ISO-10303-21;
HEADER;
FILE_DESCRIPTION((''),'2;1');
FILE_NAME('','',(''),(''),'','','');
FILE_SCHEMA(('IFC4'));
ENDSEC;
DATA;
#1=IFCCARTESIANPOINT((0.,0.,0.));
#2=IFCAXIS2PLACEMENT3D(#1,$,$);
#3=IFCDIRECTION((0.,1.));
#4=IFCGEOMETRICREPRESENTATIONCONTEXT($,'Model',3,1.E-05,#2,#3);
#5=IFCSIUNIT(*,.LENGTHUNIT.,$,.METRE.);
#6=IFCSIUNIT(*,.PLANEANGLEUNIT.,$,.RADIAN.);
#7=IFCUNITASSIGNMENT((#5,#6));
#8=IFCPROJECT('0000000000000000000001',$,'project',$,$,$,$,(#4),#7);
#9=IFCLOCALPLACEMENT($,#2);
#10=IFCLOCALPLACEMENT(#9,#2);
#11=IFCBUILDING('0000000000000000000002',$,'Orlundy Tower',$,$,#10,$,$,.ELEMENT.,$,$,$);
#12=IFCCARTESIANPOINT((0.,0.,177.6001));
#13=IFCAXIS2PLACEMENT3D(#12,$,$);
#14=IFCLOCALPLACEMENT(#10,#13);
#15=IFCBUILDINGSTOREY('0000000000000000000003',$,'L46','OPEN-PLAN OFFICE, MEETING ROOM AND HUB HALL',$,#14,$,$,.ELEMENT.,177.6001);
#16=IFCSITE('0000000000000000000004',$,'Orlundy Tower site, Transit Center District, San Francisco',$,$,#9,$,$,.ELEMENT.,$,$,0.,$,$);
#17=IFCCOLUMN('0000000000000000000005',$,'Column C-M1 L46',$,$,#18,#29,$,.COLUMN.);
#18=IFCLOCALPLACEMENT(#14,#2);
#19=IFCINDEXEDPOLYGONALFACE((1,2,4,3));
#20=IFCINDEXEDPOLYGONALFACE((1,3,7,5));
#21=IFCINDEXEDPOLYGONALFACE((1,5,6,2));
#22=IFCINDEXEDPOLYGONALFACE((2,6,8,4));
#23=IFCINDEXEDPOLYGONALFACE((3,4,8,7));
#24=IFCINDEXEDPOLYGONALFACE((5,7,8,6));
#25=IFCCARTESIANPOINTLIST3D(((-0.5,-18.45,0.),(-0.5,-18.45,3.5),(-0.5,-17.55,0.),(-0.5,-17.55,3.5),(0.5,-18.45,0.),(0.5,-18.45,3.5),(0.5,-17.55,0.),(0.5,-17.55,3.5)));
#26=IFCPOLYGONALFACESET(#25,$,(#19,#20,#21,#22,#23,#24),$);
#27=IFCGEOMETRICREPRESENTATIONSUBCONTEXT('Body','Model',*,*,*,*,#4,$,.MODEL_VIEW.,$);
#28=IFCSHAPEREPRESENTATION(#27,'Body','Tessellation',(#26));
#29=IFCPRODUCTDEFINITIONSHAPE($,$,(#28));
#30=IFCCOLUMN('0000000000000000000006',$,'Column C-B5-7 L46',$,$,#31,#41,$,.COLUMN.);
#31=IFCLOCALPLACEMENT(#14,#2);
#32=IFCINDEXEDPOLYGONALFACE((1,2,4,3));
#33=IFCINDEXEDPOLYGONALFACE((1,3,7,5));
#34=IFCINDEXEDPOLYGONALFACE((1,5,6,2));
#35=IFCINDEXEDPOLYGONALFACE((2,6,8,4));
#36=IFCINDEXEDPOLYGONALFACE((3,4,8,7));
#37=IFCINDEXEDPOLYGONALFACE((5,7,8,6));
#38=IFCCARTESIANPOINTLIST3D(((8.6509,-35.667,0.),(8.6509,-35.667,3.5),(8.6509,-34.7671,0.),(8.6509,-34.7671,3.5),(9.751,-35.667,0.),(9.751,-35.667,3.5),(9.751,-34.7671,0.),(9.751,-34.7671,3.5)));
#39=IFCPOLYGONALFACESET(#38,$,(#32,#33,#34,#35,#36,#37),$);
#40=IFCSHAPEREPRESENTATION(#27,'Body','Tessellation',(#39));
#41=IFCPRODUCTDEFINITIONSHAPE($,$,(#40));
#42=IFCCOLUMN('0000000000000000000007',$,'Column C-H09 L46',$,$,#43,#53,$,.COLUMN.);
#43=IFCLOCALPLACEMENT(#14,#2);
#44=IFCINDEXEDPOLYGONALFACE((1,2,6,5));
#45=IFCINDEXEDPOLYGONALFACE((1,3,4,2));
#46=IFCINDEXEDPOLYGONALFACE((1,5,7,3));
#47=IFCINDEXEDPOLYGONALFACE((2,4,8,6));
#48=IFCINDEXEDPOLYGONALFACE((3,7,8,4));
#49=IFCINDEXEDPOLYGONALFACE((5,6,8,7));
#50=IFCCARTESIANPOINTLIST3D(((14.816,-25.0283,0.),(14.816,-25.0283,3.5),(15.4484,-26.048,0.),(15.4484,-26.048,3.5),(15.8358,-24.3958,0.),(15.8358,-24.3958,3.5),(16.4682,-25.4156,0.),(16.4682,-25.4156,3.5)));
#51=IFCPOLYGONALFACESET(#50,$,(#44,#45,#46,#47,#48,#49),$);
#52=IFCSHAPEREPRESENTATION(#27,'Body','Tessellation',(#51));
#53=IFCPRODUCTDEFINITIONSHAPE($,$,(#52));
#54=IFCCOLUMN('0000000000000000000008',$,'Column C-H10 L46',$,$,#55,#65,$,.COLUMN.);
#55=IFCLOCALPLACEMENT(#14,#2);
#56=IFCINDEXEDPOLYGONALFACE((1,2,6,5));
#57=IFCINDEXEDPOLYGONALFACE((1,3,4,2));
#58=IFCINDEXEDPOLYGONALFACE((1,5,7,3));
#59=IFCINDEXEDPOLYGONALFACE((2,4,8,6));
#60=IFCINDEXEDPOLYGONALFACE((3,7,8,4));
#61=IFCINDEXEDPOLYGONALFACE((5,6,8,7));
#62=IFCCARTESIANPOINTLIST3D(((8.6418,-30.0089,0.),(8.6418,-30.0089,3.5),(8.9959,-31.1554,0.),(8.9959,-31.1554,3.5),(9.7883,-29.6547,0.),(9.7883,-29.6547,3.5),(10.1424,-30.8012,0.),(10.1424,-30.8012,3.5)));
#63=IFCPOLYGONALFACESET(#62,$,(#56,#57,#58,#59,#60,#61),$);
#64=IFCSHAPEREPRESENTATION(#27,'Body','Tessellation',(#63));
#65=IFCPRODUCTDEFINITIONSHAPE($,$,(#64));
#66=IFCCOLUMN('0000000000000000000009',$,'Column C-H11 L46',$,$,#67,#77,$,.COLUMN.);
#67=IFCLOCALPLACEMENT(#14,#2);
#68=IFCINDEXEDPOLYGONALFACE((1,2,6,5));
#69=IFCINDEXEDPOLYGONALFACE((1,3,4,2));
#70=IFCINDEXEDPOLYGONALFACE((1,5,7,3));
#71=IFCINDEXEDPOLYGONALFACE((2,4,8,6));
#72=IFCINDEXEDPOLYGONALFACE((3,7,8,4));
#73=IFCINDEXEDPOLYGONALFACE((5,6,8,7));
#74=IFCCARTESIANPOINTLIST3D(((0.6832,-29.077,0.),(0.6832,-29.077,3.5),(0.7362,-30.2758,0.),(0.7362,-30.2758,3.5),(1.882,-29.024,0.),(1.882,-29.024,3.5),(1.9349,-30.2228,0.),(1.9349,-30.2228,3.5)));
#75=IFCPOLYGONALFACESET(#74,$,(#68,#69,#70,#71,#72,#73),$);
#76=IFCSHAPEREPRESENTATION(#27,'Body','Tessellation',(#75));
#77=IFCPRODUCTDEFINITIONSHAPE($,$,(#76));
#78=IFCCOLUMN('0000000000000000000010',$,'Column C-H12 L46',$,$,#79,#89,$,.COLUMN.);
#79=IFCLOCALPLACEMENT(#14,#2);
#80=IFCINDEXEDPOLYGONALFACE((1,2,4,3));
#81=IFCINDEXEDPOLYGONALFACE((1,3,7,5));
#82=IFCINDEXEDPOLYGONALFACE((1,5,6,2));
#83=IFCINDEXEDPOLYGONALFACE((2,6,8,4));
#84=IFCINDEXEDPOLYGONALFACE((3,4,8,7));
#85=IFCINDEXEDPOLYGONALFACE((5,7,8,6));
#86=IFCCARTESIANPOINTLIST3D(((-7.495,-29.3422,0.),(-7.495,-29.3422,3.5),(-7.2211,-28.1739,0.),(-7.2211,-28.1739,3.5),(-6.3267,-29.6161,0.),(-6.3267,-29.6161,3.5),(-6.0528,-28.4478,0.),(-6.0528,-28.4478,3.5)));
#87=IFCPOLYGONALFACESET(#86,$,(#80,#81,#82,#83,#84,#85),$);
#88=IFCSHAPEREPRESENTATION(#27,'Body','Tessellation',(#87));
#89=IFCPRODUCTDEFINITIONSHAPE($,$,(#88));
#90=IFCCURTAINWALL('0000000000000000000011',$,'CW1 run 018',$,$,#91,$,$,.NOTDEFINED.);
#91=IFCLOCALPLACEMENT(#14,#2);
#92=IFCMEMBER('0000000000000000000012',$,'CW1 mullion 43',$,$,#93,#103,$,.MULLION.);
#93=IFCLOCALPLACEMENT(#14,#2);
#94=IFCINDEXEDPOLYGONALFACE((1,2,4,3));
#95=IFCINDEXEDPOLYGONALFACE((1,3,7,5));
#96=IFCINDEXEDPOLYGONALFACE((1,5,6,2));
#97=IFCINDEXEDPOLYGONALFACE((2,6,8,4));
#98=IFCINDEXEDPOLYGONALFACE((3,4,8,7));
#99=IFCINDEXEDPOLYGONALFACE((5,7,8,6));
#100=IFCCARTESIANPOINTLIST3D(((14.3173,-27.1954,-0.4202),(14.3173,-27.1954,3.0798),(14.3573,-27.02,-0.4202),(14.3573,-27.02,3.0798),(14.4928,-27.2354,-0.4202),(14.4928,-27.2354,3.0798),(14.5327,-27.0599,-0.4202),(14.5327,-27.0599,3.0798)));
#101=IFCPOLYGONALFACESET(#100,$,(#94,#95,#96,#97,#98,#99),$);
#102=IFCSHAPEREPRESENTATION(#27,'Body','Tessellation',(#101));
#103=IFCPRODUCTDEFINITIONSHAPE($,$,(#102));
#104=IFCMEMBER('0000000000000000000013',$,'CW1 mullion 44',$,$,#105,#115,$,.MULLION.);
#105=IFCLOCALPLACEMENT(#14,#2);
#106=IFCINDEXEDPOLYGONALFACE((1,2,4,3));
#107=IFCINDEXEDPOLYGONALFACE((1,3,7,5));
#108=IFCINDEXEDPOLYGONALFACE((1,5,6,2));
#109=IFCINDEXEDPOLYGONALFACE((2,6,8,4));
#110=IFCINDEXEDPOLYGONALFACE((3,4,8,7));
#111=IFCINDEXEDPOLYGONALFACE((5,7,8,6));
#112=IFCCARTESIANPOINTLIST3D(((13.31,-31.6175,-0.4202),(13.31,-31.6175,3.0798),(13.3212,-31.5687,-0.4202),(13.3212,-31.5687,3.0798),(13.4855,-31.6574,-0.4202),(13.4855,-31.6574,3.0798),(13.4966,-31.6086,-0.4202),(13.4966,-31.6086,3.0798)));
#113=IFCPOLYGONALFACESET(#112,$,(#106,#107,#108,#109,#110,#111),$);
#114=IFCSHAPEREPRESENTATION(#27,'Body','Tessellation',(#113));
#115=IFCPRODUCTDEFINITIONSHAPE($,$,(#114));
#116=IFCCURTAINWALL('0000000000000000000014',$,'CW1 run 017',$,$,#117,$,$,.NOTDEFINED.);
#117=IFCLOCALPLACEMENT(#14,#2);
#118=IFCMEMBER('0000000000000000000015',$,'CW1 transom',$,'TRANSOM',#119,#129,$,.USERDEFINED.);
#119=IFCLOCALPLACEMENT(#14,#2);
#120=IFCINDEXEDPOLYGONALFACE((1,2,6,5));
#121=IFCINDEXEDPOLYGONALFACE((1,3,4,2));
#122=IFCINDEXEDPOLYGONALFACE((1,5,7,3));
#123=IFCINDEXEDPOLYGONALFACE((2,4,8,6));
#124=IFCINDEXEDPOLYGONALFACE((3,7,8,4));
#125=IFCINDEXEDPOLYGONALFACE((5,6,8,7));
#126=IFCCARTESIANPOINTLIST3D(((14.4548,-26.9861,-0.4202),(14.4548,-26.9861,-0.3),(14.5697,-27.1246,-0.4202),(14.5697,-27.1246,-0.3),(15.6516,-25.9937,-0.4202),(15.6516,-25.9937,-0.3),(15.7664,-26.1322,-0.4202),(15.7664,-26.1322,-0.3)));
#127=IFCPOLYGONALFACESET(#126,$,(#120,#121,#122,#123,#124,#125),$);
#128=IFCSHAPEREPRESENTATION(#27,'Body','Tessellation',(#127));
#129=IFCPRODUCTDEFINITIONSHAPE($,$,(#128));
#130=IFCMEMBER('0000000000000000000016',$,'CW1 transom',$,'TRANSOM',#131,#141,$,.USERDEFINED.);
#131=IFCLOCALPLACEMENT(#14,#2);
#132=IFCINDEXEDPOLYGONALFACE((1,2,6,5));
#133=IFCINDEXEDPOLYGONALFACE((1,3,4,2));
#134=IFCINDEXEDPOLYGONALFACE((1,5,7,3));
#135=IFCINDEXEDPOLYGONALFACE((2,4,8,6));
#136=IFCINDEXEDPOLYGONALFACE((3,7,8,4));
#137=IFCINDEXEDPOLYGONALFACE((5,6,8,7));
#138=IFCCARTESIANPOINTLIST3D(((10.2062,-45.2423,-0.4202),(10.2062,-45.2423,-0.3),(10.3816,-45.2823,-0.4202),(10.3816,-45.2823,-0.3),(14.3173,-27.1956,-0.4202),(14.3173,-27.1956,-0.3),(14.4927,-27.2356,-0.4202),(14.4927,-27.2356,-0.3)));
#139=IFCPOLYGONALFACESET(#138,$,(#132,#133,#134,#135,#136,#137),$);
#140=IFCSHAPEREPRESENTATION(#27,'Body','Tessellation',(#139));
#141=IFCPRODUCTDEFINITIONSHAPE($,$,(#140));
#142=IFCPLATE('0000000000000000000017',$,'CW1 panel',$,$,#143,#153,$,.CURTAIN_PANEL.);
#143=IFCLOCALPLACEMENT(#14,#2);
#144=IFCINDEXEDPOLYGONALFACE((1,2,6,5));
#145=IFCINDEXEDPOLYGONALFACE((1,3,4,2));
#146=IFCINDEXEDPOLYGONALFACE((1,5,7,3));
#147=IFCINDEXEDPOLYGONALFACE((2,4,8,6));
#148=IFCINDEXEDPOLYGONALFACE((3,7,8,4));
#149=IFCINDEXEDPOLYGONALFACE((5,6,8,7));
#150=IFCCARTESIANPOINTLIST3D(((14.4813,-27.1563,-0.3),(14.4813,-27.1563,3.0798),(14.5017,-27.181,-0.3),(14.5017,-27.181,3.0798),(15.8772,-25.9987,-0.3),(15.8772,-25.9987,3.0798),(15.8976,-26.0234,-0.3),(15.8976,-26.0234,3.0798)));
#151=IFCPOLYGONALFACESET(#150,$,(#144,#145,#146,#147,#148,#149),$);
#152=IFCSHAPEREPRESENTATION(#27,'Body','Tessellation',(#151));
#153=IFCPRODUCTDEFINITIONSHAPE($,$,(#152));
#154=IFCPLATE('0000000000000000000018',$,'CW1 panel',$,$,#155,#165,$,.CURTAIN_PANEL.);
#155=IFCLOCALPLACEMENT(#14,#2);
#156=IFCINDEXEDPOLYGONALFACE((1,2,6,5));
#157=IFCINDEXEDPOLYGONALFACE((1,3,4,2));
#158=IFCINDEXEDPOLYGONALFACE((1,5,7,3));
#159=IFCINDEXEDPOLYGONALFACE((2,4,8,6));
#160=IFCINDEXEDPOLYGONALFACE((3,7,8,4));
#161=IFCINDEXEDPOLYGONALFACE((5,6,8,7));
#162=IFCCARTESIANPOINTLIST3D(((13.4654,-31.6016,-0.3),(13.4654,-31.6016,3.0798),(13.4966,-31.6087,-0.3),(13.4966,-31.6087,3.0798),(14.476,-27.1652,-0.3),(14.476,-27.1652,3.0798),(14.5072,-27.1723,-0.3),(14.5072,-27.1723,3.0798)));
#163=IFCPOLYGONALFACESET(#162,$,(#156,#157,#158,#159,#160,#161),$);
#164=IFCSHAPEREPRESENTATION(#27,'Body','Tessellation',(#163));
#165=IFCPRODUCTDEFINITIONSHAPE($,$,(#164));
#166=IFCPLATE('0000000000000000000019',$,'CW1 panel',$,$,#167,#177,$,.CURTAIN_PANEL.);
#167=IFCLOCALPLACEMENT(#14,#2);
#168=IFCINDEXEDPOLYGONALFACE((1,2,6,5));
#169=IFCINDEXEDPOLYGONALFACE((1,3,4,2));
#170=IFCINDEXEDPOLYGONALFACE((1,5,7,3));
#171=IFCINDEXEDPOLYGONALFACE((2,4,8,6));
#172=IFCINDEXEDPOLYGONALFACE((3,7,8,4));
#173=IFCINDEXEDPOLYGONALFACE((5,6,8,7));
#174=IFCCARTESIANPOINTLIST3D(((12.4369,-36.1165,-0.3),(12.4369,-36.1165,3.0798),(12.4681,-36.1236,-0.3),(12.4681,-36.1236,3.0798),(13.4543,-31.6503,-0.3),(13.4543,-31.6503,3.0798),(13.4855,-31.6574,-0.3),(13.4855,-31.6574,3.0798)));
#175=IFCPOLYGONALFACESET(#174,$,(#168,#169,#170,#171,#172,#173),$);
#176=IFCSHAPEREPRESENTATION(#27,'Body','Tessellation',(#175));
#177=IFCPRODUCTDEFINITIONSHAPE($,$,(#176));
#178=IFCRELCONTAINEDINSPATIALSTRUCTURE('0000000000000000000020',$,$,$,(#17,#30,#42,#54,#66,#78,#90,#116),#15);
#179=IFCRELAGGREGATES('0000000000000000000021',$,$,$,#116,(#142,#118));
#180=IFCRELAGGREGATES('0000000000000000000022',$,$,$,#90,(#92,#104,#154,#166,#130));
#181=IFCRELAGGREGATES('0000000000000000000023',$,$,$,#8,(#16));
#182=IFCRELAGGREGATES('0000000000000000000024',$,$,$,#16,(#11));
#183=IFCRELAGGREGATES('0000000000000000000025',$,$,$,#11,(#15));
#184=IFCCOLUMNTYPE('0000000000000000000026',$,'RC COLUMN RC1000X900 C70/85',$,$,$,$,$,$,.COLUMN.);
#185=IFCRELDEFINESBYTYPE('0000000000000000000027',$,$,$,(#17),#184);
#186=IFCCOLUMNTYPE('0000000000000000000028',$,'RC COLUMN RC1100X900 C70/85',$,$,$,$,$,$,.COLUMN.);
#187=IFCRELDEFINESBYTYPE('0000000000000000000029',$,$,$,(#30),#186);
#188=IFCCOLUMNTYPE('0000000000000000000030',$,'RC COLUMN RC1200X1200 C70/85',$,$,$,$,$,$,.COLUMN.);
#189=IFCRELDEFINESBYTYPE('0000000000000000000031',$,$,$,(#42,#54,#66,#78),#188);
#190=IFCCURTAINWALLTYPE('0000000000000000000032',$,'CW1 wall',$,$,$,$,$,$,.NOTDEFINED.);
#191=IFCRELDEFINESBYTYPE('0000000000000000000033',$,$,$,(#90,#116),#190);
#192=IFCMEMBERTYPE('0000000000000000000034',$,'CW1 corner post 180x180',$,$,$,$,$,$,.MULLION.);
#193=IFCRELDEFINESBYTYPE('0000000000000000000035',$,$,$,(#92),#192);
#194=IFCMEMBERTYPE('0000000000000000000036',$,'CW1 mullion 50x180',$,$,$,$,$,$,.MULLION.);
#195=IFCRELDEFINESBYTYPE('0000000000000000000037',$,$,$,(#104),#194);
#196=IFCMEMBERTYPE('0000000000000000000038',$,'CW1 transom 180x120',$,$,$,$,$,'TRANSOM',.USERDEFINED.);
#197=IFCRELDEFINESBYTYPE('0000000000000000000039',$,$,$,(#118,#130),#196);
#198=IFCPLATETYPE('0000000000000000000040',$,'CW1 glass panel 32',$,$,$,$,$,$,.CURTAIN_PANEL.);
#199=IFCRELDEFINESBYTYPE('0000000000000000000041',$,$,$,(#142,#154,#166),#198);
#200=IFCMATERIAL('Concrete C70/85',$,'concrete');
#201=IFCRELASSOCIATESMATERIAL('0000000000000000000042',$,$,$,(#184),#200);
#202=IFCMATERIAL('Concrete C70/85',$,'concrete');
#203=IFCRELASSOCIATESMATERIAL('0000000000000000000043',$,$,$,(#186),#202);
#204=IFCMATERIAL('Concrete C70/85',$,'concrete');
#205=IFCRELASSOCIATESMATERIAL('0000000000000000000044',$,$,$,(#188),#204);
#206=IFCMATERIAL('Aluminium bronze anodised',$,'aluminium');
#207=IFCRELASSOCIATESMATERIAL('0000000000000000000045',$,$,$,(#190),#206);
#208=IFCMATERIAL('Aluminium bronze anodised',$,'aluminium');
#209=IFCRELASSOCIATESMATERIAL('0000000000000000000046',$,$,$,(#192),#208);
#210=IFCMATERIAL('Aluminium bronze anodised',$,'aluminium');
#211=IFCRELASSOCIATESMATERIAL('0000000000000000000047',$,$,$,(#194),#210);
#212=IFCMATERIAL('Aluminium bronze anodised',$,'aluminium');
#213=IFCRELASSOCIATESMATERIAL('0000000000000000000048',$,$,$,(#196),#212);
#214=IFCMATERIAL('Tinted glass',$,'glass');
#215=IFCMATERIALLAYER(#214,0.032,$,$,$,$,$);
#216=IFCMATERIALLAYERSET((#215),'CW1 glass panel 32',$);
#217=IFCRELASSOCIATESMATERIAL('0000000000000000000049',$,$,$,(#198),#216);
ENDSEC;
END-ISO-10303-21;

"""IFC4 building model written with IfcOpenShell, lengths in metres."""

from ifc_helpers import new_model, si_unit, direction, frame, origin, origin_2d, place, context, subcontext, project, spatial, rectangle, extrude, material, layer, layer_set, material_profile, profile_set, type_object, element, aggregate, save


model = new_model("IFC4")

# Units and contexts
model_context = context("Model", 3, precision=1e-05, world=origin(), true_north=direction((0.0, 1.0)))
body_context = subcontext(model_context, "Body", "Model", "MODEL_VIEW")
ifc_project = project(units=[si_unit("LENGTHUNIT", "METRE"), si_unit("PLANEANGLEUNIT", "RADIAN")], contexts=[model_context])

# Site, building, storey
site_placement = place(None, origin())
site = spatial("IfcSite", under=ifc_project, at=site_placement, Name="Orlundy Tower site, Transit Center District, San Francisco", CompositionType="ELEMENT", RefElevation=0.0)
building_placement = place(site_placement, origin())
building = spatial("IfcBuilding", under=site, at=building_placement, Name="Orlundy Tower", CompositionType="ELEMENT")
storey_placement = place(building_placement, frame((0.0, 0.0, 177.6001)))
storey = spatial("IfcBuildingStorey", under=building, at=storey_placement, Name="L46", Description="OPEN-PLAN OFFICE, MEETING ROOM AND HUB HALL", CompositionType="ELEMENT", Elevation=177.6001)

# Columns
ifc_material_1 = material(Name="Concrete C70/85", Category="concrete")
ifc_material_profile_1 = material_profile(ifc_material_1, rectangle(XDim=1.0, YDim=0.8999, at=origin_2d()), Name="RC1000X900")
ifc_profile_set_1 = profile_set([ifc_material_profile_1], Name="Concrete C70/85")
column_type_1 = type_object("IfcColumnType", Name="RC COLUMN RC1000X900 C70/85", PredefinedType="COLUMN", material=ifc_profile_set_1)
column_1_placement = place(storey_placement, frame((0.0, -18.0, 0.0), z_axis=(0.0, 0.0, 1.0), x_axis=(1.0, 0.0, 0.0)))
element("IfcColumn", 1, at=column_1_placement, inside=storey, type_object=column_type_1, Name="Column C-M1 L46", PredefinedType="COLUMN", context=body_context, shape_type="SweptSolid", body=[
    extrude(rectangle(XDim=1.0, YDim=0.8999, at=origin_2d()), origin(), (0.0, 0.0, 1.0), 3.5),
])
ifc_material_2 = material(Name="Concrete C70/85", Category="concrete")
ifc_material_profile_2 = material_profile(ifc_material_2, rectangle(XDim=1.1001, YDim=0.8999, at=origin_2d()), Name="RC1100X900")
ifc_profile_set_2 = profile_set([ifc_material_profile_2], Name="Concrete C70/85")
column_type_2 = type_object("IfcColumnType", Name="RC COLUMN RC1100X900 C70/85", PredefinedType="COLUMN", material=ifc_profile_set_2)
column_2_placement = place(storey_placement, frame((9.2009, -35.217, 0.0), z_axis=(0.0, 0.0, 1.0), x_axis=(1.0, 0.0, 0.0)))
element("IfcColumn", 2, at=column_2_placement, inside=storey, type_object=column_type_2, Name="Column C-B5-7 L46", PredefinedType="COLUMN", context=body_context, shape_type="SweptSolid", body=[
    extrude(rectangle(XDim=1.1001, YDim=0.8999, at=origin_2d()), origin(), (0.0, 0.0, 1.0), 3.5),
])
ifc_material_3 = material(Name="Concrete C70/85", Category="concrete")
ifc_material_profile_3 = material_profile(ifc_material_3, rectangle(XDim=1.2, YDim=1.2, at=origin_2d()), Name="RC1200X1200")
ifc_profile_set_3 = profile_set([ifc_material_profile_3], Name="Concrete C70/85")
column_type_3 = type_object("IfcColumnType", Name="RC COLUMN RC1200X1200 C70/85", PredefinedType="COLUMN", material=ifc_profile_set_3)
for number, where, z_axis, x_axis, name in (
    (3, (15.6421, -25.2219, 0.0), (0.0, 0.0, 1.0), (0.527045, -0.849838, 0.0), "Column C-H09 L46"),
    (4, (9.3921, -30.405, 0.0), (0.0, 0.0, 1.0), (0.295141, -0.955454, 0.0), "Column C-H10 L46"),
    (5, (1.3091, -29.6499, 0.0), (0.0, 0.0, 1.0), (0.044108, -0.999027, 0.0), "Column C-H11 L46"),
    (6, (-6.7739, -28.895, 0.0), (0.0, 0.0, 1.0), (-0.228249, -0.973603, 0.0), "Column C-H12 L46"),
):
    element("IfcColumn", number, at=place(storey_placement, frame(where, z_axis=z_axis, x_axis=x_axis)), inside=storey, type_object=column_type_3, Name=name, PredefinedType="COLUMN", context=body_context, shape_type="SweptSolid", body=[
        extrude(rectangle(XDim=1.2, YDim=1.2, at=origin_2d()), origin(), (0.0, 0.0, 1.0), 3.5),
    ])

# Curtain wall, members
ifc_material_4 = material(Name="Aluminium bronze anodised", Category="aluminium")
curtain_wall_type = type_object("IfcCurtainWallType", Name="CW1 wall", PredefinedType="NOTDEFINED", material=ifc_material_4)
curtain_wall_1_placement = place(storey_placement, origin())
curtain_wall_1 = element("IfcCurtainWall", 7, at=curtain_wall_1_placement, inside=storey, type_object=curtain_wall_type, Name="CW1 run 018", PredefinedType="NOTDEFINED")
ifc_material_5 = material(Name="Aluminium bronze anodised", Category="aluminium")
ifc_material_profile_4 = material_profile(ifc_material_5, rectangle(XDim=0.1799, YDim=0.1799, at=origin_2d()), Name="CW1 corner post 180x180")
ifc_profile_set_4 = profile_set([ifc_material_profile_4], Name="Aluminium bronze anodised")
member_type_1 = type_object("IfcMemberType", Name="CW1 corner post 180x180", PredefinedType="MULLION", material=ifc_profile_set_4)
member_1_placement = place(storey_placement, frame((14.425, -27.1277, -0.4202), z_axis=(0.0, 0.0, 1.0), x_axis=(0.975022, -0.222106, 0.0)))
member_1 = element("IfcMember", 8, at=member_1_placement, type_object=member_type_1, Name="CW1 mullion 43", PredefinedType="MULLION", context=body_context, shape_type="SweptSolid", body=[
    extrude(rectangle(XDim=0.1799, YDim=0.1799, at=origin_2d()), origin(), (0.0, 0.0, 1.0), 3.5),
])
ifc_material_6 = material(Name="Aluminium bronze anodised", Category="aluminium")
ifc_material_profile_5 = material_profile(ifc_material_6, rectangle(XDim=0.1799, YDim=0.05, at=origin_2d()), Name="CW1 mullion 50x180")
ifc_profile_set_5 = profile_set([ifc_material_profile_5], Name="Aluminium bronze anodised")
member_type_2 = type_object("IfcMemberType", Name="CW1 mullion 50x180", PredefinedType="MULLION", material=ifc_profile_set_5)
member_2_placement = place(storey_placement, frame((13.4033, -31.613, -0.4202), z_axis=(0.0, 0.0, 1.0), x_axis=(0.975022, -0.222106, 0.0)))
member_2 = element("IfcMember", 9, at=member_2_placement, type_object=member_type_2, Name="CW1 mullion 44", PredefinedType="MULLION", context=body_context, shape_type="SweptSolid", body=[
    extrude(rectangle(XDim=0.1799, YDim=0.05, at=origin_2d()), origin(), (0.0, 0.0, 1.0), 3.5),
])

# Curtain wall, member
curtain_wall_2_placement = place(storey_placement, origin())
curtain_wall_2 = element("IfcCurtainWall", 10, at=curtain_wall_2_placement, inside=storey, type_object=curtain_wall_type, Name="CW1 run 017", PredefinedType="NOTDEFINED")
ifc_material_7 = material(Name="Aluminium bronze anodised", Category="aluminium")
ifc_material_profile_6 = material_profile(ifc_material_7, rectangle(XDim=0.1799, YDim=0.1201, at=origin_2d()), Name="CW1 transom 180x120")
ifc_profile_set_6 = profile_set([ifc_material_profile_6], Name="Aluminium bronze anodised")
member_type_3 = type_object("IfcMemberType", Name="CW1 transom 180x120", ElementType="TRANSOM", PredefinedType="USERDEFINED", material=ifc_profile_set_6)
member_3_placement = place(storey_placement, frame((15.709, -26.063, -0.3601), z_axis=(-0.769764, -0.638329, 0.0), x_axis=(0.638329, -0.769764, 0.0)))
member_3 = element("IfcMember", 11, at=member_3_placement, type_object=member_type_3, Name="CW1 transom", ObjectType="TRANSOM", PredefinedType="USERDEFINED", context=body_context, shape_type="SweptSolid", body=[
    extrude(rectangle(XDim=0.1799, YDim=0.1201, at=origin_2d()), origin(), (0.0, 0.0, 1.0), 1.5547),
])

# Member
member_4_placement = place(storey_placement, frame((14.405, -27.2156, -0.3601), z_axis=(-0.222113, -0.975021, 0.0), x_axis=(0.975021, -0.222113, 0.0)))
member_4 = element("IfcMember", 12, at=member_4_placement, type_object=member_type_3, Name="CW1 transom", ObjectType="TRANSOM", PredefinedType="USERDEFINED", context=body_context, shape_type="SweptSolid", body=[
    extrude(rectangle(XDim=0.1799, YDim=0.1201, at=origin_2d()), origin(), (0.0, 0.0, 1.0), 18.509),
])

# Plates
ifc_material_8 = material(Name="Tinted glass", Category="glass")
ifc_layer_1 = layer(ifc_material_8, 0.032)
ifc_layer_set_1 = layer_set([ifc_layer_1], Name="CW1 glass panel 32")
plate_type = type_object("IfcPlateType", Name="CW1 glass panel 32", PredefinedType="CURTAIN_PANEL", material=ifc_layer_set_1)
plate_1_placement = place(storey_placement, frame((15.1895, -26.5898, -0.3), z_axis=(0.0, 0.0, 1.0), x_axis=(-0.769762, -0.638331, 0.0)))
plate_1 = element("IfcPlate", 13, at=plate_1_placement, type_object=plate_type, Name="CW1 panel", PredefinedType="CURTAIN_PANEL", context=body_context, shape_type="SweptSolid", body=[
    extrude(rectangle(XDim=1.8135, YDim=0.032, at=origin_2d()), origin(), (0.0, 0.0, 1.0), 3.3799),
])
aggregate(curtain_wall_2, [plate_1, member_3])
plate_2_placement = place(storey_placement, frame((13.9863, -29.387, -0.3), z_axis=(0.0, 0.0, 1.0), x_axis=(-0.222106, -0.975022, 0.0)))
plate_2 = element("IfcPlate", 14, at=plate_2_placement, type_object=plate_type, Name="CW1 panel", PredefinedType="CURTAIN_PANEL", context=body_context, shape_type="SweptSolid", body=[
    extrude(rectangle(XDim=4.55, YDim=0.032, at=origin_2d()), origin(), (0.0, 0.0, 1.0), 3.3799),
])
plate_3_placement = place(storey_placement, frame((12.9612, -33.887, -0.3), z_axis=(0.0, 0.0, 1.0), x_axis=(-0.222106, -0.975022, 0.0)))
plate_3 = element("IfcPlate", 15, at=plate_3_placement, type_object=plate_type, Name="CW1 panel", PredefinedType="CURTAIN_PANEL", context=body_context, shape_type="SweptSolid", body=[
    extrude(rectangle(XDim=4.5806, YDim=0.032, at=origin_2d()), origin(), (0.0, 0.0, 1.0), 3.3799),
])
aggregate(curtain_wall_1, [member_1, member_2, plate_2, plate_3, member_4])

save(model, "model.ifc")
